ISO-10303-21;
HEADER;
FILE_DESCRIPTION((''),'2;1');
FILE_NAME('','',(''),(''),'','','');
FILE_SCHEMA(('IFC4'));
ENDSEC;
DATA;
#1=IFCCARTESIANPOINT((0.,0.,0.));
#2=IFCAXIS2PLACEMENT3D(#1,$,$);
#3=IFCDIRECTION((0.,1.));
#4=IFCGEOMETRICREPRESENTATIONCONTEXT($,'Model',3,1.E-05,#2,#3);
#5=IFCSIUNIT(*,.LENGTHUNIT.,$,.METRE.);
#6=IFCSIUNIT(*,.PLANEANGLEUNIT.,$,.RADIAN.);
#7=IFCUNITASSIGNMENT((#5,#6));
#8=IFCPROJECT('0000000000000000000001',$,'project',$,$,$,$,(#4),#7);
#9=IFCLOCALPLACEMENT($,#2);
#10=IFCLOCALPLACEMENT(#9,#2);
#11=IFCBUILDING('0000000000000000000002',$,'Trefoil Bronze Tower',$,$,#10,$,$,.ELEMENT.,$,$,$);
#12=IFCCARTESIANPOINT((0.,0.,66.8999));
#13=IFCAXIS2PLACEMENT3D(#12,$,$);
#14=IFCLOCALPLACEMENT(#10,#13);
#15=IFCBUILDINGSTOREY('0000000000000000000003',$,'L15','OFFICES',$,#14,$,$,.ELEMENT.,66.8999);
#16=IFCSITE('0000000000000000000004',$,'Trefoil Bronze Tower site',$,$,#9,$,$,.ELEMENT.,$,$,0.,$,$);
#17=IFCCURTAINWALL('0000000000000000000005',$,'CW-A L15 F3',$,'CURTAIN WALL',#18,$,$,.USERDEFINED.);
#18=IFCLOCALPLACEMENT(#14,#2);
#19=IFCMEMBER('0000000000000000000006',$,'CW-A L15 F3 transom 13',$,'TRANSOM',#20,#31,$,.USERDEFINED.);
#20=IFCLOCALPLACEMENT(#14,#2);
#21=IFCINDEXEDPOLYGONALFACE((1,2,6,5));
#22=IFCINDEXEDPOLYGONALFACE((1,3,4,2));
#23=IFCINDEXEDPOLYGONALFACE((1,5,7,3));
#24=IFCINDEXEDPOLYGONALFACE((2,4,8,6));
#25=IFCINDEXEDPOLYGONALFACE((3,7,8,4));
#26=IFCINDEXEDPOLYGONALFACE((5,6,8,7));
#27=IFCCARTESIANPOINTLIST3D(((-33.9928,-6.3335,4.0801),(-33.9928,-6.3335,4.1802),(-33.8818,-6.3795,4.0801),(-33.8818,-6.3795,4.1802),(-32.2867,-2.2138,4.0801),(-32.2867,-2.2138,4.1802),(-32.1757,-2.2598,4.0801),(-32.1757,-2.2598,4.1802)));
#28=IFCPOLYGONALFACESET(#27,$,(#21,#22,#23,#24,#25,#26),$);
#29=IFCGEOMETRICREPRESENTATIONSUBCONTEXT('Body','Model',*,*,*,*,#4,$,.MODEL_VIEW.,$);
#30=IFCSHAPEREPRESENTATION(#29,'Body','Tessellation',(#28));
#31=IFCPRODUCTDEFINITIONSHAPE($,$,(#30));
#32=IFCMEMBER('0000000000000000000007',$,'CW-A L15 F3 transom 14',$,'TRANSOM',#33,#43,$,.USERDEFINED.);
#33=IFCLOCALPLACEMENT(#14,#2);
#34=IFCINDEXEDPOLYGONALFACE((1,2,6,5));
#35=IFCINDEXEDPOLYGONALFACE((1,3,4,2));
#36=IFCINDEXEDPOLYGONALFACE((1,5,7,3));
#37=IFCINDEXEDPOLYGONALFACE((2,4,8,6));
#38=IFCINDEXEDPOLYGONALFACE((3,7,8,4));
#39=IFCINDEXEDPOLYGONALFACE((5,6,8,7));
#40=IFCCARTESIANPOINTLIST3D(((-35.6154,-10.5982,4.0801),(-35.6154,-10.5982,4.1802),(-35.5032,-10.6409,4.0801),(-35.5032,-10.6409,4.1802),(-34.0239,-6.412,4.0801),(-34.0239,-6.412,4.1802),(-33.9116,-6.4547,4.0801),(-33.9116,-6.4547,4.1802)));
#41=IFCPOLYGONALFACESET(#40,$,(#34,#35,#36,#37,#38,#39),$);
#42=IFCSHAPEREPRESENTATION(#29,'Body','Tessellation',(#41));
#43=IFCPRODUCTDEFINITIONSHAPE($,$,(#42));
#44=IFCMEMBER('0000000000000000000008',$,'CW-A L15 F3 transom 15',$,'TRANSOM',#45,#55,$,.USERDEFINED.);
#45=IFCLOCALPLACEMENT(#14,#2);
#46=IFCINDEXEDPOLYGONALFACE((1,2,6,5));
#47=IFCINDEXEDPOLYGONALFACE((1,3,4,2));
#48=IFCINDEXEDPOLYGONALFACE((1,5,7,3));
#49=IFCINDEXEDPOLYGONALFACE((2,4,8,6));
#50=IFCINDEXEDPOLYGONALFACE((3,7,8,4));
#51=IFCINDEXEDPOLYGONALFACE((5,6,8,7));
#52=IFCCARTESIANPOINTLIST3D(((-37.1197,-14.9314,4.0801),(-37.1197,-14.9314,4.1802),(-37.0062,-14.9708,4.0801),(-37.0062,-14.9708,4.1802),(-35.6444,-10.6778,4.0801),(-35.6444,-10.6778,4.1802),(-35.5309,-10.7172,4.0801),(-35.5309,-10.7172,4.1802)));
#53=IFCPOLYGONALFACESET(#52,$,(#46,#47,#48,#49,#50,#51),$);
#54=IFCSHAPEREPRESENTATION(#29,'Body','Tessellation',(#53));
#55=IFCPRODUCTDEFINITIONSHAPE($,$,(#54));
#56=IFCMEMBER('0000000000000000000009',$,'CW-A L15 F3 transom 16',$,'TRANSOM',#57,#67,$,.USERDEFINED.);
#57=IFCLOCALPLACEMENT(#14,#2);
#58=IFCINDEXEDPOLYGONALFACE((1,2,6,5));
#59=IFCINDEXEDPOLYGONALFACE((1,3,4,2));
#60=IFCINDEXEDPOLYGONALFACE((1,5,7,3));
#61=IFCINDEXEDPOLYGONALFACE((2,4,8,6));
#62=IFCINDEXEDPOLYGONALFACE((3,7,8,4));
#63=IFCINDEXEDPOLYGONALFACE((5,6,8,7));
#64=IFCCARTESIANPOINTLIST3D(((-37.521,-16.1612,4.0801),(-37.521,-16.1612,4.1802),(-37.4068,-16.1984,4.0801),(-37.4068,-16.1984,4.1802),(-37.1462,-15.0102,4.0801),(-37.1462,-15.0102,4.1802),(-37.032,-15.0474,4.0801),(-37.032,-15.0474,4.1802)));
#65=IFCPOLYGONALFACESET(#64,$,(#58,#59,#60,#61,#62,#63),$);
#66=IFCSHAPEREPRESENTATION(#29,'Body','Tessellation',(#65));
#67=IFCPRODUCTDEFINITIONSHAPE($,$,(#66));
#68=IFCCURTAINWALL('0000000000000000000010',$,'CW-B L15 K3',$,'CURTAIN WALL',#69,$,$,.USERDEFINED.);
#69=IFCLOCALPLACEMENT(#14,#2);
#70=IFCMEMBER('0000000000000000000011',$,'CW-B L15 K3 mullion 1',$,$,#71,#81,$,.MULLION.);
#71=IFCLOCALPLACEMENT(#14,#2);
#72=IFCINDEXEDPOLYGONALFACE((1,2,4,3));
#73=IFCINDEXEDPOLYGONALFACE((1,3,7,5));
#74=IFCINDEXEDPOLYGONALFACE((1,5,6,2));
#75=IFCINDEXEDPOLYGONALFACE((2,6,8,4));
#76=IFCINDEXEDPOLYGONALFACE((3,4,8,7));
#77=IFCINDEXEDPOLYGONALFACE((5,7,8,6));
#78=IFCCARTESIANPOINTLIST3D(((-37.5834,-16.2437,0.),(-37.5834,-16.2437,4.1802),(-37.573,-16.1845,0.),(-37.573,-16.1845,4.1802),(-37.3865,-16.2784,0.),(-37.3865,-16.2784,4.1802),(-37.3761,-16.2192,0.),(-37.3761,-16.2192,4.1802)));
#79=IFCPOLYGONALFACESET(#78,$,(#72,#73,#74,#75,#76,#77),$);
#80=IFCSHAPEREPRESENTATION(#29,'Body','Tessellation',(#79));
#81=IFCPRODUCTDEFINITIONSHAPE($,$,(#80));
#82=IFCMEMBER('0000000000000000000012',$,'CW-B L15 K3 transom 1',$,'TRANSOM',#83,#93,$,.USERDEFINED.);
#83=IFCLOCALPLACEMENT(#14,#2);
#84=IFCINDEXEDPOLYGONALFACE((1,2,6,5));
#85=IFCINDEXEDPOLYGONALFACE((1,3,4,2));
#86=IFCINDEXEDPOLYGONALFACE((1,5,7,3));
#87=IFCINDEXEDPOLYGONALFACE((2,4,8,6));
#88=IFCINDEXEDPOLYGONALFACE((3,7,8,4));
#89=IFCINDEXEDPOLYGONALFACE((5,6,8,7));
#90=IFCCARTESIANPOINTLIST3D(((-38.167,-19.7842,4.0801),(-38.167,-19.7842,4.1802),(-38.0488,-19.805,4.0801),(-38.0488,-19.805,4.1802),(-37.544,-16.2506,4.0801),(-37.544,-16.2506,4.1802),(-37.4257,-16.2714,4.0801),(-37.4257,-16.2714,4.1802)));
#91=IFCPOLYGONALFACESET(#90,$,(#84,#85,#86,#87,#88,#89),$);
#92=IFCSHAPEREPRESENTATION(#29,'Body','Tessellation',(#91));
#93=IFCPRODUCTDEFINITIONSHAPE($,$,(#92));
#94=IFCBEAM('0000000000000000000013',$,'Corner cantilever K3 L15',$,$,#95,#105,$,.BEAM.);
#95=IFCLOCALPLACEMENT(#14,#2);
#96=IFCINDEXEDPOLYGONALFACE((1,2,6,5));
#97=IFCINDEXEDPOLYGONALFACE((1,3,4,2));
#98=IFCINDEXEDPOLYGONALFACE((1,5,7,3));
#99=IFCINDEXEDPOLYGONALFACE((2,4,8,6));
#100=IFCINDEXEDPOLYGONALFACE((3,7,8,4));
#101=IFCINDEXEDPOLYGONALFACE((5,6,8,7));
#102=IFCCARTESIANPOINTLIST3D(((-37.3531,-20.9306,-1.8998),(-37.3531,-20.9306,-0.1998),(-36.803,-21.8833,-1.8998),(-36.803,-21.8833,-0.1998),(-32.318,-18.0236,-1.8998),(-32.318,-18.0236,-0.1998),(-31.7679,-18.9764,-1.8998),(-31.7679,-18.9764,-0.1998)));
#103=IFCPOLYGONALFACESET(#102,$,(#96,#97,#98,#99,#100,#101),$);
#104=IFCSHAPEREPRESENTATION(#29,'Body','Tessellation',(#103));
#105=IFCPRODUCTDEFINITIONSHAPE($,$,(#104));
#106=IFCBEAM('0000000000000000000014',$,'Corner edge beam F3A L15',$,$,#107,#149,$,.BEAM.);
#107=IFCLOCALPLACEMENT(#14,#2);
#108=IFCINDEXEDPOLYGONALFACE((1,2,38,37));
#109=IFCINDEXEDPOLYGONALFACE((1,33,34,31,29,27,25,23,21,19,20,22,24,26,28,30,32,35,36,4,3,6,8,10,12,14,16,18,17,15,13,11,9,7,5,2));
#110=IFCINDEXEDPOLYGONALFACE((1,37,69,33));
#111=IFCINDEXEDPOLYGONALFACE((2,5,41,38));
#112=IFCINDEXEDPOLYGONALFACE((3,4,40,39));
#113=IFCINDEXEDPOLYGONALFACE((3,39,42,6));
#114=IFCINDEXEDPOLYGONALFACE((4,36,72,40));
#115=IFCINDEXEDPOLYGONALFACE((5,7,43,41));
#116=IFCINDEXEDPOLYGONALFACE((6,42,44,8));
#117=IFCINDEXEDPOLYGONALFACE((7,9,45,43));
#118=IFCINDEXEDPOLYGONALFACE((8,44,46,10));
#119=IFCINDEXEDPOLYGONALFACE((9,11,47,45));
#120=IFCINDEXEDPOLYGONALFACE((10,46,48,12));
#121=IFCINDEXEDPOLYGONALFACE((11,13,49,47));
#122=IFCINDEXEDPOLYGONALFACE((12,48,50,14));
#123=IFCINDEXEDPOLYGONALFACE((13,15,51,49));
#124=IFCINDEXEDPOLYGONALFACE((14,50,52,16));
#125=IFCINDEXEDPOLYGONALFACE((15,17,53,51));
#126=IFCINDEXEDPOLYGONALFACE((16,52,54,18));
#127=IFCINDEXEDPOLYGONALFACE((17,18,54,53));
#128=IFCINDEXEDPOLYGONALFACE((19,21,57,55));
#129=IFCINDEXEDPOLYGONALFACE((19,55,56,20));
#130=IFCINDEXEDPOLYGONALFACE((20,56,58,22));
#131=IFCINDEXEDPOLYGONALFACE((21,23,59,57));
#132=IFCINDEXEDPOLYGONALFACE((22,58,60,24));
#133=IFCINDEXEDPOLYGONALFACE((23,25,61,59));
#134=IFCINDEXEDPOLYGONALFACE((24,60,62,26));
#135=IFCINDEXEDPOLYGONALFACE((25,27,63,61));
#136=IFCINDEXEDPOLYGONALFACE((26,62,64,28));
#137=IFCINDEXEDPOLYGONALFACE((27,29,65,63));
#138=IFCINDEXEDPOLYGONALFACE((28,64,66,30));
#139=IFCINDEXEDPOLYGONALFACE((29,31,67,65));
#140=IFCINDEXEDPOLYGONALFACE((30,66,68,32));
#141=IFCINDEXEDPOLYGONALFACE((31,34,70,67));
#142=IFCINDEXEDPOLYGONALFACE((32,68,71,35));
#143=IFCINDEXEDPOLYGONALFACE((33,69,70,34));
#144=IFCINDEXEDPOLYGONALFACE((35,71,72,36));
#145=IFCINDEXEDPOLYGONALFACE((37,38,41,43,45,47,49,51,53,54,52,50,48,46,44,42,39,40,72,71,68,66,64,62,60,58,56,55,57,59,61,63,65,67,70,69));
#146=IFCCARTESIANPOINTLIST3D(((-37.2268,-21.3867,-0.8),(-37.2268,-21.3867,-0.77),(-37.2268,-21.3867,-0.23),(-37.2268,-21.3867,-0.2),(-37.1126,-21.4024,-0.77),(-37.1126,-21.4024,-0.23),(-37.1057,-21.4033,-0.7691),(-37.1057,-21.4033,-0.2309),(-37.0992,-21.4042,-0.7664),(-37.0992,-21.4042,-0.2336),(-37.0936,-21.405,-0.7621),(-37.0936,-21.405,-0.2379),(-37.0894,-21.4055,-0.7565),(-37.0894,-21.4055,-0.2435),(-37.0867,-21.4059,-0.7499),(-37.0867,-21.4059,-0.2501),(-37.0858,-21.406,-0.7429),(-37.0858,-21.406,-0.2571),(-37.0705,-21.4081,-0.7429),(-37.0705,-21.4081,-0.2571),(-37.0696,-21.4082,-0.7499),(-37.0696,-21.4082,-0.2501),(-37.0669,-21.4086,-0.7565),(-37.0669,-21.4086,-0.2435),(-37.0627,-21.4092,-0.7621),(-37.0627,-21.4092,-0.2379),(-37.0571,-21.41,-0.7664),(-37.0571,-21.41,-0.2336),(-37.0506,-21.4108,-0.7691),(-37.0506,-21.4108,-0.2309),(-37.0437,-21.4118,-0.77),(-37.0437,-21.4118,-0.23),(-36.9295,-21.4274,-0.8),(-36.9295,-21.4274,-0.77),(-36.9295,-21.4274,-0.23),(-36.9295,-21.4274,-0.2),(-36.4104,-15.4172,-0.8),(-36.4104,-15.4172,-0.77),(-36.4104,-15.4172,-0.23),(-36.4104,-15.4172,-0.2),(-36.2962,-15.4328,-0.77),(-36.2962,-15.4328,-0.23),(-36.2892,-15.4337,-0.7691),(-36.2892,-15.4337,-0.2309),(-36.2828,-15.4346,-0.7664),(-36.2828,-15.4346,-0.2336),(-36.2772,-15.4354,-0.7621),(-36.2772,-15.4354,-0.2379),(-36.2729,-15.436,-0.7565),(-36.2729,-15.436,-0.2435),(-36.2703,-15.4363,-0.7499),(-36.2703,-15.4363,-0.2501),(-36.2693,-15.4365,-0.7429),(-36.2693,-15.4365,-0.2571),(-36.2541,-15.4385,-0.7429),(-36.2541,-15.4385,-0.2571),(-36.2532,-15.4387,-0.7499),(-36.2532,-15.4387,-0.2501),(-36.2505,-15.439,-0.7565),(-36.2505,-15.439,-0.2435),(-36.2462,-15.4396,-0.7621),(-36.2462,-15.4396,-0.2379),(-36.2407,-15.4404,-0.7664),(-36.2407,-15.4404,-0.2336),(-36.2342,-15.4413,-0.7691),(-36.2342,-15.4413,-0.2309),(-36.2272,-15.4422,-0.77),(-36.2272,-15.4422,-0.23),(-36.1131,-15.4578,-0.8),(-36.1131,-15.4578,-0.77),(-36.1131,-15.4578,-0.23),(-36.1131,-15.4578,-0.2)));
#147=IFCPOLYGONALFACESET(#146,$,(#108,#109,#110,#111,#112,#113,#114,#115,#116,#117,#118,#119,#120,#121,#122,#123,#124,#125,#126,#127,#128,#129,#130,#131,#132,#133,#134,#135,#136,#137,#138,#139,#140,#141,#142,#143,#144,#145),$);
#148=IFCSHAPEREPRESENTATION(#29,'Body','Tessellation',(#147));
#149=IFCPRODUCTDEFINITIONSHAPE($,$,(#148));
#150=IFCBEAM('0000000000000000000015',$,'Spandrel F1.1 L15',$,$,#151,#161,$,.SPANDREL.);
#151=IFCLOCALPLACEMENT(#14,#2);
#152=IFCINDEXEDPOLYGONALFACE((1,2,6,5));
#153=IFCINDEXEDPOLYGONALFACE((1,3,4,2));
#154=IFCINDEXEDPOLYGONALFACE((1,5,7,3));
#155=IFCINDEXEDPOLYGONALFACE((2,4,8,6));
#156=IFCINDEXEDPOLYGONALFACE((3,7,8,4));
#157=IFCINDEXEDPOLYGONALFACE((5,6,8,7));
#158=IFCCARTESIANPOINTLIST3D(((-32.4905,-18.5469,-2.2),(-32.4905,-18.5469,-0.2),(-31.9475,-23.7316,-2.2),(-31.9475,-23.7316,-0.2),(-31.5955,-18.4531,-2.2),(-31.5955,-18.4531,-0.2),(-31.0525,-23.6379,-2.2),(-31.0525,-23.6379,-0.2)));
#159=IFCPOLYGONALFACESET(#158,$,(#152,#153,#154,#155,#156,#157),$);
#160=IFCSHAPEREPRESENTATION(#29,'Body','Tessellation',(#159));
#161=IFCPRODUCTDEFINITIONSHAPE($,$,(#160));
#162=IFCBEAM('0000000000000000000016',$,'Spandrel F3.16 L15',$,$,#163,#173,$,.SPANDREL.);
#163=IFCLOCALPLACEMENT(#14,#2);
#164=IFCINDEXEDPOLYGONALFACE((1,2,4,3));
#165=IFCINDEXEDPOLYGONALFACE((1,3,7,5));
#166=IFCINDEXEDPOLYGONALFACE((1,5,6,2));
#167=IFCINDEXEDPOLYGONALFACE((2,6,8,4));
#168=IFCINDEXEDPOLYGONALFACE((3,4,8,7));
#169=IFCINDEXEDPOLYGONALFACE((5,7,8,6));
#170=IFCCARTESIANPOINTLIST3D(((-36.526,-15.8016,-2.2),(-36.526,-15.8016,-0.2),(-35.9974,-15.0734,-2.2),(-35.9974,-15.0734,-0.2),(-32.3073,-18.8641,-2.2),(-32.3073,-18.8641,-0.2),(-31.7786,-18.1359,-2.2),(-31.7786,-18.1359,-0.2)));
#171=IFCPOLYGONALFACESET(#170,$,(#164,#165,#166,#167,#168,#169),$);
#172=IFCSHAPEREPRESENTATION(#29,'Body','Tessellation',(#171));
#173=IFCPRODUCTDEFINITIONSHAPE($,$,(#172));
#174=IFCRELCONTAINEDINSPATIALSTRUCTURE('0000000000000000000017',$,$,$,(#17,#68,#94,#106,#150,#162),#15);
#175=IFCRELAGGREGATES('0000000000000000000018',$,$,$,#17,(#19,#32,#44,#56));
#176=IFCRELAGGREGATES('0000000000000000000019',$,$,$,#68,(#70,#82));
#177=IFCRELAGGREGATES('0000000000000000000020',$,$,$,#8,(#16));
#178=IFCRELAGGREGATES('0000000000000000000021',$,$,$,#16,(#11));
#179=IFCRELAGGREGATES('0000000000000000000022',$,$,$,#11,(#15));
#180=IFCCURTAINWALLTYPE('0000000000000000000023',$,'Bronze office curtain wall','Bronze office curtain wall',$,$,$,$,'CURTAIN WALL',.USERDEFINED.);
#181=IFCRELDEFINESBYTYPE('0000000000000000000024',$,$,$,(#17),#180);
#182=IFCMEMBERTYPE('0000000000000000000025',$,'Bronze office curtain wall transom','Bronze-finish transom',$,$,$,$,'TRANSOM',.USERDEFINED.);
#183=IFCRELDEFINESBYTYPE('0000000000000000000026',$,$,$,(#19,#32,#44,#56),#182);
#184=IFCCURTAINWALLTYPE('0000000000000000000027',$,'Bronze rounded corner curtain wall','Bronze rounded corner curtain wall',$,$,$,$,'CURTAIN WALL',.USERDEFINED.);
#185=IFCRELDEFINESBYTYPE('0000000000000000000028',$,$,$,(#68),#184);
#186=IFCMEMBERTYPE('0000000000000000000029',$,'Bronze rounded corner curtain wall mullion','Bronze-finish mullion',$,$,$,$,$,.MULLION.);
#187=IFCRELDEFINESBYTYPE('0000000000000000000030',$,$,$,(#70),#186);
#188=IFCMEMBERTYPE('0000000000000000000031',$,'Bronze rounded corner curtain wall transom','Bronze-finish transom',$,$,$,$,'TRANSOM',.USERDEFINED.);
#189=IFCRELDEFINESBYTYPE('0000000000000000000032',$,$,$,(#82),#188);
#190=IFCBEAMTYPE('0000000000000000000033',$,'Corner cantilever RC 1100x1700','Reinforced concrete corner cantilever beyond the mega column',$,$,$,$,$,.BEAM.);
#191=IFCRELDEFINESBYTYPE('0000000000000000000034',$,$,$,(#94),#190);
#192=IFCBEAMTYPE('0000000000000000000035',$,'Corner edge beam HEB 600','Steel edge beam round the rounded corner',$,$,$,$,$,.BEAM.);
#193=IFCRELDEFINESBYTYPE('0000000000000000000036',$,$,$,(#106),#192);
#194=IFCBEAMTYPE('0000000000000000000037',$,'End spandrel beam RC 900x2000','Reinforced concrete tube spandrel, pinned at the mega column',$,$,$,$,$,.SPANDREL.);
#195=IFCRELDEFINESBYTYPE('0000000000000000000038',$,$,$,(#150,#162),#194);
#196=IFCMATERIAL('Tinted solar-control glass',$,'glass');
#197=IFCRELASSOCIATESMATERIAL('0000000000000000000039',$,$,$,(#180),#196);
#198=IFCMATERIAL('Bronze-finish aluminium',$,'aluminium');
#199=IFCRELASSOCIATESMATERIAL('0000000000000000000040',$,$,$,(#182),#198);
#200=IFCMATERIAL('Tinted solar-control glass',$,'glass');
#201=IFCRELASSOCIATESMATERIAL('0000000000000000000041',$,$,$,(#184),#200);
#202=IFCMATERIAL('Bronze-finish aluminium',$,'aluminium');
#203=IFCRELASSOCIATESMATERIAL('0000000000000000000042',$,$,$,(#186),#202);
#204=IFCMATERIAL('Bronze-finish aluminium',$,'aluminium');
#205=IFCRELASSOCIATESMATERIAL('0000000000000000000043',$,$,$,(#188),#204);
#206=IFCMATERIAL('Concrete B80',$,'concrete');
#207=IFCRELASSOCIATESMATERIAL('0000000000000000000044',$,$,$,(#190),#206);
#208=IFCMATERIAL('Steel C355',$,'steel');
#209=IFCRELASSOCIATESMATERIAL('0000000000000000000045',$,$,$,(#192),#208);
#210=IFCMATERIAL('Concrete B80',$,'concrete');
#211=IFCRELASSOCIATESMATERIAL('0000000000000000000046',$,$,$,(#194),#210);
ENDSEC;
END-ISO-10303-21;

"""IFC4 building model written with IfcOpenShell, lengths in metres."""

from ifc_helpers import new_model, si_unit, direction, frame, origin, origin_2d, place, context, subcontext, project, spatial, rectangle, i_section, extrude, material, material_profile, profile_set, type_object, element, aggregate, save


model = new_model("IFC4")

# Units and contexts
model_context = context("Model", 3, precision=1e-05, world=origin(), true_north=direction((0.0, 1.0)))
body_context = subcontext(model_context, "Body", "Model", "MODEL_VIEW")
ifc_project = project(units=[si_unit("LENGTHUNIT", "METRE"), si_unit("PLANEANGLEUNIT", "RADIAN")], contexts=[model_context])

# Site, building, storey
site_placement = place(None, origin())
site = spatial("IfcSite", under=ifc_project, at=site_placement, Name="Trefoil Bronze Tower site", CompositionType="ELEMENT", RefElevation=0.0)
building_placement = place(site_placement, origin())
building = spatial("IfcBuilding", under=site, at=building_placement, Name="Trefoil Bronze Tower", CompositionType="ELEMENT")
storey_placement = place(building_placement, frame((0.0, 0.0, 66.8999)))
storey = spatial("IfcBuildingStorey", under=building, at=storey_placement, Name="L15", Description="OFFICES", CompositionType="ELEMENT", Elevation=66.8999)

# Curtain walls, members
ifc_material_1 = material(Name="Tinted solar-control glass", Category="glass")
curtain_wall_type_1 = type_object("IfcCurtainWallType", Name="Bronze office curtain wall", Description="Bronze office curtain wall", ElementType="CURTAIN WALL", PredefinedType="USERDEFINED", material=ifc_material_1)
curtain_wall_1_placement = place(storey_placement, origin())
curtain_wall_1 = element("IfcCurtainWall", 1, at=curtain_wall_1_placement, inside=storey, type_object=curtain_wall_type_1, Name="CW-A L15 F3", ObjectType="CURTAIN WALL", PredefinedType="USERDEFINED")
ifc_material_2 = material(Name="Bronze-finish aluminium", Category="aluminium")
ifc_material_profile_1 = material_profile(ifc_material_2, rectangle(XDim=0.1201, YDim=0.1001, at=origin_2d()), Name="CW-A transom")
ifc_profile_set_1 = profile_set([ifc_material_profile_1], Name="Bronze-finish aluminium")
member_type_1 = type_object("IfcMemberType", Name="Bronze office curtain wall transom", Description="Bronze-finish transom", ElementType="TRANSOM", PredefinedType="USERDEFINED", material=ifc_profile_set_1)
member_1_placement = place(storey_placement, frame((-32.2312, -2.2368, 4.1301), z_axis=(-0.382616, -0.923907, 0.0), x_axis=(0.923907, -0.382616, 0.0)))
member_1 = element("IfcMember", 2, at=member_1_placement, type_object=member_type_1, Name="CW-A L15 F3 transom 13", ObjectType="TRANSOM", PredefinedType="USERDEFINED", context=body_context, shape_type="SweptSolid", body=[
    extrude(rectangle(XDim=0.1201, YDim=0.1001, at=origin_2d()), origin(), (0.0, 0.0, 1.0), 4.459),
])
member_2_placement = place(storey_placement, frame((-33.9678, -6.4333, 4.1301), z_axis=(-0.355367, -0.934727, 0.0), x_axis=(0.934727, -0.355367, 0.0)))
member_2 = element("IfcMember", 3, at=member_2_placement, type_object=member_type_1, Name="CW-A L15 F3 transom 14", ObjectType="TRANSOM", PredefinedType="USERDEFINED", context=body_context, shape_type="SweptSolid", body=[
    extrude(rectangle(XDim=0.1201, YDim=0.1001, at=origin_2d()), origin(), (0.0, 0.0, 1.0), 4.4785),
])
member_3_placement = place(storey_placement, frame((-35.5876, -10.6975, 4.1301), z_axis=(-0.32769, -0.944785, 0.0), x_axis=(0.944785, -0.32769, 0.0)))
member_3 = element("IfcMember", 4, at=member_3_placement, type_object=member_type_1, Name="CW-A L15 F3 transom 15", ObjectType="TRANSOM", PredefinedType="USERDEFINED", context=body_context, shape_type="SweptSolid", body=[
    extrude(rectangle(XDim=0.1201, YDim=0.1001, at=origin_2d()), origin(), (0.0, 0.0, 1.0), 4.5022),
])
member_4_placement = place(storey_placement, frame((-37.0891, -15.0288, 4.1301), z_axis=(-0.309624, -0.950859, 0.0), x_axis=(0.950859, -0.309624, 0.0)))
member_4 = element("IfcMember", 5, at=member_4_placement, type_object=member_type_1, Name="CW-A L15 F3 transom 16", ObjectType="TRANSOM", PredefinedType="USERDEFINED", context=body_context, shape_type="SweptSolid", body=[
    extrude(rectangle(XDim=0.1201, YDim=0.1001, at=origin_2d()), origin(), (0.0, 0.0, 1.0), 1.2104),
])
ifc_material_3 = material(Name="Tinted solar-control glass", Category="glass")
curtain_wall_type_2 = type_object("IfcCurtainWallType", Name="Bronze rounded corner curtain wall", Description="Bronze rounded corner curtain wall", ElementType="CURTAIN WALL", PredefinedType="USERDEFINED", material=ifc_material_3)
curtain_wall_2_placement = place(storey_placement, origin())
curtain_wall_2 = element("IfcCurtainWall", 6, at=curtain_wall_2_placement, inside=storey, type_object=curtain_wall_type_2, Name="CW-B L15 K3", ObjectType="CURTAIN WALL", PredefinedType="USERDEFINED")
ifc_material_4 = material(Name="Bronze-finish aluminium", Category="aluminium")
ifc_material_profile_2 = material_profile(ifc_material_4, rectangle(XDim=0.2, YDim=0.0601, at=origin_2d()), Name="CW-B mullion")
ifc_profile_set_2 = profile_set([ifc_material_profile_2], Name="Bronze-finish aluminium")
member_type_2 = type_object("IfcMemberType", Name="Bronze rounded corner curtain wall mullion", Description="Bronze-finish mullion", PredefinedType="MULLION", material=ifc_profile_set_2)
member_5_placement = place(storey_placement, frame((-37.4797, -16.2314, 0.0), z_axis=(0.0, 0.0, 1.0), x_axis=(0.984808, -0.173648, 0.0)))
member_5 = element("IfcMember", 7, at=member_5_placement, type_object=member_type_2, Name="CW-B L15 K3 mullion 1", PredefinedType="MULLION", context=body_context, shape_type="SweptSolid", body=[
    extrude(rectangle(XDim=0.2, YDim=0.0601, at=origin_2d()), origin(), (0.0, 0.0, 1.0), 4.1802),
])
ifc_material_5 = material(Name="Bronze-finish aluminium", Category="aluminium")
ifc_material_profile_3 = material_profile(ifc_material_5, rectangle(XDim=0.1201, YDim=0.1001, at=origin_2d()), Name="CW-B transom")
ifc_profile_set_3 = profile_set([ifc_material_profile_3], Name="Bronze-finish aluminium")
member_type_3 = type_object("IfcMemberType", Name="Bronze rounded corner curtain wall transom", Description="Bronze-finish transom", ElementType="TRANSOM", PredefinedType="USERDEFINED", material=ifc_profile_set_3)
member_6_placement = place(storey_placement, frame((-37.4849, -16.261, 4.1301), z_axis=(-0.173638, -0.98481, 0.0), x_axis=(0.98481, -0.173638, 0.0)))
member_6 = element("IfcMember", 8, at=member_6_placement, type_object=member_type_3, Name="CW-B L15 K3 transom 1", ObjectType="TRANSOM", PredefinedType="USERDEFINED", context=body_context, shape_type="SweptSolid", body=[
    extrude(rectangle(XDim=0.1201, YDim=0.1001, at=origin_2d()), origin(), (0.0, 0.0, 1.0), 3.5881),
])

# Beams
ifc_material_6 = material(Name="Concrete B80", Category="concrete")
ifc_material_profile_4 = material_profile(ifc_material_6, rectangle(XDim=1.1001, YDim=1.7, at=origin_2d()), Name="RC 1100x1700")
ifc_profile_set_4 = profile_set([ifc_material_profile_4], Name="Concrete B80")
beam_type_1 = type_object("IfcBeamType", Name="Corner cantilever RC 1100x1700", Description="Reinforced concrete corner cantilever beyond the mega column", PredefinedType="BEAM", material=ifc_profile_set_4)
beam_1_placement = place(storey_placement, frame((-32.043, -18.5, -1.0498), z_axis=(-0.86603, -0.499991, 0.0), x_axis=(0.499991, -0.86603, 0.0)))
element("IfcBeam", 9, at=beam_1_placement, inside=storey, type_object=beam_type_1, Name="Corner cantilever K3 L15", PredefinedType="BEAM", context=body_context, shape_type="SweptSolid", body=[
    extrude(rectangle(XDim=1.1001, YDim=1.7, at=origin_2d()), origin(), (0.0, 0.0, 1.0), 5.814),
])
ifc_material_7 = material(Name="Steel C355", Category="steel")
ifc_material_profile_5 = material_profile(ifc_material_7, i_section(OverallWidth=0.3, OverallDepth=0.6001, WebThickness=0.0154, FlangeThickness=0.03, FilletRadius=0.0271, at=origin_2d()), Name="HEB 600")
ifc_profile_set_5 = profile_set([ifc_material_profile_5], Name="Steel C355")
beam_type_2 = type_object("IfcBeamType", Name="Corner edge beam HEB 600", Description="Steel edge beam round the rounded corner", PredefinedType="BEAM", material=ifc_profile_set_5)
beam_2_placement = place(storey_placement, frame((-36.2617, -15.4375, -0.5), z_axis=(-0.135502, -0.990777, 0.0), x_axis=(0.990777, -0.135502, 0.0)))
element("IfcBeam", 10, at=beam_2_placement, inside=storey, type_object=beam_type_2, Name="Corner edge beam F3A L15", PredefinedType="BEAM", context=body_context, shape_type="SweptSolid", body=[
    extrude(i_section(OverallWidth=0.3, OverallDepth=0.6001, WebThickness=0.0154, FlangeThickness=0.03, FilletRadius=0.0271, at=origin_2d()), origin(), (0.0, 0.0, 1.0), 6.0251),
])
ifc_material_8 = material(Name="Concrete B80", Category="concrete")
ifc_material_profile_6 = material_profile(ifc_material_8, rectangle(XDim=0.8999, YDim=2.0, at=origin_2d()), Name="RC 900x2000")
ifc_profile_set_6 = profile_set([ifc_material_profile_6], Name="Concrete B80")
beam_type_3 = type_object("IfcBeamType", Name="End spandrel beam RC 900x2000", Description="Reinforced concrete tube spandrel, pinned at the mega column", PredefinedType="SPANDREL", material=ifc_profile_set_6)
for number, where, z_axis, x_axis, name in (
    (11, (-32.043, -18.5, -1.2), (0.104153, -0.994561, 0.0), (0.994561, 0.104153, 0.0), "Spandrel F1.1 L15"),
    (12, (-36.2617, -15.4375, -1.2), (0.809254, -0.587459, 0.0), (0.587459, 0.809254, 0.0), "Spandrel F3.16 L15"),
):
    element("IfcBeam", number, at=place(storey_placement, frame(where, z_axis=z_axis, x_axis=x_axis)), inside=storey, type_object=beam_type_3, Name=name, PredefinedType="SPANDREL", context=body_context, shape_type="SweptSolid", body=[
        extrude(rectangle(XDim=0.8999, YDim=2.0, at=origin_2d()), origin(), (0.0, 0.0, 1.0), 5.2131),
    ])

aggregate(curtain_wall_1, [member_1, member_2, member_3, member_4])
aggregate(curtain_wall_2, [member_5, member_6])

save(model, "model.ifc")
